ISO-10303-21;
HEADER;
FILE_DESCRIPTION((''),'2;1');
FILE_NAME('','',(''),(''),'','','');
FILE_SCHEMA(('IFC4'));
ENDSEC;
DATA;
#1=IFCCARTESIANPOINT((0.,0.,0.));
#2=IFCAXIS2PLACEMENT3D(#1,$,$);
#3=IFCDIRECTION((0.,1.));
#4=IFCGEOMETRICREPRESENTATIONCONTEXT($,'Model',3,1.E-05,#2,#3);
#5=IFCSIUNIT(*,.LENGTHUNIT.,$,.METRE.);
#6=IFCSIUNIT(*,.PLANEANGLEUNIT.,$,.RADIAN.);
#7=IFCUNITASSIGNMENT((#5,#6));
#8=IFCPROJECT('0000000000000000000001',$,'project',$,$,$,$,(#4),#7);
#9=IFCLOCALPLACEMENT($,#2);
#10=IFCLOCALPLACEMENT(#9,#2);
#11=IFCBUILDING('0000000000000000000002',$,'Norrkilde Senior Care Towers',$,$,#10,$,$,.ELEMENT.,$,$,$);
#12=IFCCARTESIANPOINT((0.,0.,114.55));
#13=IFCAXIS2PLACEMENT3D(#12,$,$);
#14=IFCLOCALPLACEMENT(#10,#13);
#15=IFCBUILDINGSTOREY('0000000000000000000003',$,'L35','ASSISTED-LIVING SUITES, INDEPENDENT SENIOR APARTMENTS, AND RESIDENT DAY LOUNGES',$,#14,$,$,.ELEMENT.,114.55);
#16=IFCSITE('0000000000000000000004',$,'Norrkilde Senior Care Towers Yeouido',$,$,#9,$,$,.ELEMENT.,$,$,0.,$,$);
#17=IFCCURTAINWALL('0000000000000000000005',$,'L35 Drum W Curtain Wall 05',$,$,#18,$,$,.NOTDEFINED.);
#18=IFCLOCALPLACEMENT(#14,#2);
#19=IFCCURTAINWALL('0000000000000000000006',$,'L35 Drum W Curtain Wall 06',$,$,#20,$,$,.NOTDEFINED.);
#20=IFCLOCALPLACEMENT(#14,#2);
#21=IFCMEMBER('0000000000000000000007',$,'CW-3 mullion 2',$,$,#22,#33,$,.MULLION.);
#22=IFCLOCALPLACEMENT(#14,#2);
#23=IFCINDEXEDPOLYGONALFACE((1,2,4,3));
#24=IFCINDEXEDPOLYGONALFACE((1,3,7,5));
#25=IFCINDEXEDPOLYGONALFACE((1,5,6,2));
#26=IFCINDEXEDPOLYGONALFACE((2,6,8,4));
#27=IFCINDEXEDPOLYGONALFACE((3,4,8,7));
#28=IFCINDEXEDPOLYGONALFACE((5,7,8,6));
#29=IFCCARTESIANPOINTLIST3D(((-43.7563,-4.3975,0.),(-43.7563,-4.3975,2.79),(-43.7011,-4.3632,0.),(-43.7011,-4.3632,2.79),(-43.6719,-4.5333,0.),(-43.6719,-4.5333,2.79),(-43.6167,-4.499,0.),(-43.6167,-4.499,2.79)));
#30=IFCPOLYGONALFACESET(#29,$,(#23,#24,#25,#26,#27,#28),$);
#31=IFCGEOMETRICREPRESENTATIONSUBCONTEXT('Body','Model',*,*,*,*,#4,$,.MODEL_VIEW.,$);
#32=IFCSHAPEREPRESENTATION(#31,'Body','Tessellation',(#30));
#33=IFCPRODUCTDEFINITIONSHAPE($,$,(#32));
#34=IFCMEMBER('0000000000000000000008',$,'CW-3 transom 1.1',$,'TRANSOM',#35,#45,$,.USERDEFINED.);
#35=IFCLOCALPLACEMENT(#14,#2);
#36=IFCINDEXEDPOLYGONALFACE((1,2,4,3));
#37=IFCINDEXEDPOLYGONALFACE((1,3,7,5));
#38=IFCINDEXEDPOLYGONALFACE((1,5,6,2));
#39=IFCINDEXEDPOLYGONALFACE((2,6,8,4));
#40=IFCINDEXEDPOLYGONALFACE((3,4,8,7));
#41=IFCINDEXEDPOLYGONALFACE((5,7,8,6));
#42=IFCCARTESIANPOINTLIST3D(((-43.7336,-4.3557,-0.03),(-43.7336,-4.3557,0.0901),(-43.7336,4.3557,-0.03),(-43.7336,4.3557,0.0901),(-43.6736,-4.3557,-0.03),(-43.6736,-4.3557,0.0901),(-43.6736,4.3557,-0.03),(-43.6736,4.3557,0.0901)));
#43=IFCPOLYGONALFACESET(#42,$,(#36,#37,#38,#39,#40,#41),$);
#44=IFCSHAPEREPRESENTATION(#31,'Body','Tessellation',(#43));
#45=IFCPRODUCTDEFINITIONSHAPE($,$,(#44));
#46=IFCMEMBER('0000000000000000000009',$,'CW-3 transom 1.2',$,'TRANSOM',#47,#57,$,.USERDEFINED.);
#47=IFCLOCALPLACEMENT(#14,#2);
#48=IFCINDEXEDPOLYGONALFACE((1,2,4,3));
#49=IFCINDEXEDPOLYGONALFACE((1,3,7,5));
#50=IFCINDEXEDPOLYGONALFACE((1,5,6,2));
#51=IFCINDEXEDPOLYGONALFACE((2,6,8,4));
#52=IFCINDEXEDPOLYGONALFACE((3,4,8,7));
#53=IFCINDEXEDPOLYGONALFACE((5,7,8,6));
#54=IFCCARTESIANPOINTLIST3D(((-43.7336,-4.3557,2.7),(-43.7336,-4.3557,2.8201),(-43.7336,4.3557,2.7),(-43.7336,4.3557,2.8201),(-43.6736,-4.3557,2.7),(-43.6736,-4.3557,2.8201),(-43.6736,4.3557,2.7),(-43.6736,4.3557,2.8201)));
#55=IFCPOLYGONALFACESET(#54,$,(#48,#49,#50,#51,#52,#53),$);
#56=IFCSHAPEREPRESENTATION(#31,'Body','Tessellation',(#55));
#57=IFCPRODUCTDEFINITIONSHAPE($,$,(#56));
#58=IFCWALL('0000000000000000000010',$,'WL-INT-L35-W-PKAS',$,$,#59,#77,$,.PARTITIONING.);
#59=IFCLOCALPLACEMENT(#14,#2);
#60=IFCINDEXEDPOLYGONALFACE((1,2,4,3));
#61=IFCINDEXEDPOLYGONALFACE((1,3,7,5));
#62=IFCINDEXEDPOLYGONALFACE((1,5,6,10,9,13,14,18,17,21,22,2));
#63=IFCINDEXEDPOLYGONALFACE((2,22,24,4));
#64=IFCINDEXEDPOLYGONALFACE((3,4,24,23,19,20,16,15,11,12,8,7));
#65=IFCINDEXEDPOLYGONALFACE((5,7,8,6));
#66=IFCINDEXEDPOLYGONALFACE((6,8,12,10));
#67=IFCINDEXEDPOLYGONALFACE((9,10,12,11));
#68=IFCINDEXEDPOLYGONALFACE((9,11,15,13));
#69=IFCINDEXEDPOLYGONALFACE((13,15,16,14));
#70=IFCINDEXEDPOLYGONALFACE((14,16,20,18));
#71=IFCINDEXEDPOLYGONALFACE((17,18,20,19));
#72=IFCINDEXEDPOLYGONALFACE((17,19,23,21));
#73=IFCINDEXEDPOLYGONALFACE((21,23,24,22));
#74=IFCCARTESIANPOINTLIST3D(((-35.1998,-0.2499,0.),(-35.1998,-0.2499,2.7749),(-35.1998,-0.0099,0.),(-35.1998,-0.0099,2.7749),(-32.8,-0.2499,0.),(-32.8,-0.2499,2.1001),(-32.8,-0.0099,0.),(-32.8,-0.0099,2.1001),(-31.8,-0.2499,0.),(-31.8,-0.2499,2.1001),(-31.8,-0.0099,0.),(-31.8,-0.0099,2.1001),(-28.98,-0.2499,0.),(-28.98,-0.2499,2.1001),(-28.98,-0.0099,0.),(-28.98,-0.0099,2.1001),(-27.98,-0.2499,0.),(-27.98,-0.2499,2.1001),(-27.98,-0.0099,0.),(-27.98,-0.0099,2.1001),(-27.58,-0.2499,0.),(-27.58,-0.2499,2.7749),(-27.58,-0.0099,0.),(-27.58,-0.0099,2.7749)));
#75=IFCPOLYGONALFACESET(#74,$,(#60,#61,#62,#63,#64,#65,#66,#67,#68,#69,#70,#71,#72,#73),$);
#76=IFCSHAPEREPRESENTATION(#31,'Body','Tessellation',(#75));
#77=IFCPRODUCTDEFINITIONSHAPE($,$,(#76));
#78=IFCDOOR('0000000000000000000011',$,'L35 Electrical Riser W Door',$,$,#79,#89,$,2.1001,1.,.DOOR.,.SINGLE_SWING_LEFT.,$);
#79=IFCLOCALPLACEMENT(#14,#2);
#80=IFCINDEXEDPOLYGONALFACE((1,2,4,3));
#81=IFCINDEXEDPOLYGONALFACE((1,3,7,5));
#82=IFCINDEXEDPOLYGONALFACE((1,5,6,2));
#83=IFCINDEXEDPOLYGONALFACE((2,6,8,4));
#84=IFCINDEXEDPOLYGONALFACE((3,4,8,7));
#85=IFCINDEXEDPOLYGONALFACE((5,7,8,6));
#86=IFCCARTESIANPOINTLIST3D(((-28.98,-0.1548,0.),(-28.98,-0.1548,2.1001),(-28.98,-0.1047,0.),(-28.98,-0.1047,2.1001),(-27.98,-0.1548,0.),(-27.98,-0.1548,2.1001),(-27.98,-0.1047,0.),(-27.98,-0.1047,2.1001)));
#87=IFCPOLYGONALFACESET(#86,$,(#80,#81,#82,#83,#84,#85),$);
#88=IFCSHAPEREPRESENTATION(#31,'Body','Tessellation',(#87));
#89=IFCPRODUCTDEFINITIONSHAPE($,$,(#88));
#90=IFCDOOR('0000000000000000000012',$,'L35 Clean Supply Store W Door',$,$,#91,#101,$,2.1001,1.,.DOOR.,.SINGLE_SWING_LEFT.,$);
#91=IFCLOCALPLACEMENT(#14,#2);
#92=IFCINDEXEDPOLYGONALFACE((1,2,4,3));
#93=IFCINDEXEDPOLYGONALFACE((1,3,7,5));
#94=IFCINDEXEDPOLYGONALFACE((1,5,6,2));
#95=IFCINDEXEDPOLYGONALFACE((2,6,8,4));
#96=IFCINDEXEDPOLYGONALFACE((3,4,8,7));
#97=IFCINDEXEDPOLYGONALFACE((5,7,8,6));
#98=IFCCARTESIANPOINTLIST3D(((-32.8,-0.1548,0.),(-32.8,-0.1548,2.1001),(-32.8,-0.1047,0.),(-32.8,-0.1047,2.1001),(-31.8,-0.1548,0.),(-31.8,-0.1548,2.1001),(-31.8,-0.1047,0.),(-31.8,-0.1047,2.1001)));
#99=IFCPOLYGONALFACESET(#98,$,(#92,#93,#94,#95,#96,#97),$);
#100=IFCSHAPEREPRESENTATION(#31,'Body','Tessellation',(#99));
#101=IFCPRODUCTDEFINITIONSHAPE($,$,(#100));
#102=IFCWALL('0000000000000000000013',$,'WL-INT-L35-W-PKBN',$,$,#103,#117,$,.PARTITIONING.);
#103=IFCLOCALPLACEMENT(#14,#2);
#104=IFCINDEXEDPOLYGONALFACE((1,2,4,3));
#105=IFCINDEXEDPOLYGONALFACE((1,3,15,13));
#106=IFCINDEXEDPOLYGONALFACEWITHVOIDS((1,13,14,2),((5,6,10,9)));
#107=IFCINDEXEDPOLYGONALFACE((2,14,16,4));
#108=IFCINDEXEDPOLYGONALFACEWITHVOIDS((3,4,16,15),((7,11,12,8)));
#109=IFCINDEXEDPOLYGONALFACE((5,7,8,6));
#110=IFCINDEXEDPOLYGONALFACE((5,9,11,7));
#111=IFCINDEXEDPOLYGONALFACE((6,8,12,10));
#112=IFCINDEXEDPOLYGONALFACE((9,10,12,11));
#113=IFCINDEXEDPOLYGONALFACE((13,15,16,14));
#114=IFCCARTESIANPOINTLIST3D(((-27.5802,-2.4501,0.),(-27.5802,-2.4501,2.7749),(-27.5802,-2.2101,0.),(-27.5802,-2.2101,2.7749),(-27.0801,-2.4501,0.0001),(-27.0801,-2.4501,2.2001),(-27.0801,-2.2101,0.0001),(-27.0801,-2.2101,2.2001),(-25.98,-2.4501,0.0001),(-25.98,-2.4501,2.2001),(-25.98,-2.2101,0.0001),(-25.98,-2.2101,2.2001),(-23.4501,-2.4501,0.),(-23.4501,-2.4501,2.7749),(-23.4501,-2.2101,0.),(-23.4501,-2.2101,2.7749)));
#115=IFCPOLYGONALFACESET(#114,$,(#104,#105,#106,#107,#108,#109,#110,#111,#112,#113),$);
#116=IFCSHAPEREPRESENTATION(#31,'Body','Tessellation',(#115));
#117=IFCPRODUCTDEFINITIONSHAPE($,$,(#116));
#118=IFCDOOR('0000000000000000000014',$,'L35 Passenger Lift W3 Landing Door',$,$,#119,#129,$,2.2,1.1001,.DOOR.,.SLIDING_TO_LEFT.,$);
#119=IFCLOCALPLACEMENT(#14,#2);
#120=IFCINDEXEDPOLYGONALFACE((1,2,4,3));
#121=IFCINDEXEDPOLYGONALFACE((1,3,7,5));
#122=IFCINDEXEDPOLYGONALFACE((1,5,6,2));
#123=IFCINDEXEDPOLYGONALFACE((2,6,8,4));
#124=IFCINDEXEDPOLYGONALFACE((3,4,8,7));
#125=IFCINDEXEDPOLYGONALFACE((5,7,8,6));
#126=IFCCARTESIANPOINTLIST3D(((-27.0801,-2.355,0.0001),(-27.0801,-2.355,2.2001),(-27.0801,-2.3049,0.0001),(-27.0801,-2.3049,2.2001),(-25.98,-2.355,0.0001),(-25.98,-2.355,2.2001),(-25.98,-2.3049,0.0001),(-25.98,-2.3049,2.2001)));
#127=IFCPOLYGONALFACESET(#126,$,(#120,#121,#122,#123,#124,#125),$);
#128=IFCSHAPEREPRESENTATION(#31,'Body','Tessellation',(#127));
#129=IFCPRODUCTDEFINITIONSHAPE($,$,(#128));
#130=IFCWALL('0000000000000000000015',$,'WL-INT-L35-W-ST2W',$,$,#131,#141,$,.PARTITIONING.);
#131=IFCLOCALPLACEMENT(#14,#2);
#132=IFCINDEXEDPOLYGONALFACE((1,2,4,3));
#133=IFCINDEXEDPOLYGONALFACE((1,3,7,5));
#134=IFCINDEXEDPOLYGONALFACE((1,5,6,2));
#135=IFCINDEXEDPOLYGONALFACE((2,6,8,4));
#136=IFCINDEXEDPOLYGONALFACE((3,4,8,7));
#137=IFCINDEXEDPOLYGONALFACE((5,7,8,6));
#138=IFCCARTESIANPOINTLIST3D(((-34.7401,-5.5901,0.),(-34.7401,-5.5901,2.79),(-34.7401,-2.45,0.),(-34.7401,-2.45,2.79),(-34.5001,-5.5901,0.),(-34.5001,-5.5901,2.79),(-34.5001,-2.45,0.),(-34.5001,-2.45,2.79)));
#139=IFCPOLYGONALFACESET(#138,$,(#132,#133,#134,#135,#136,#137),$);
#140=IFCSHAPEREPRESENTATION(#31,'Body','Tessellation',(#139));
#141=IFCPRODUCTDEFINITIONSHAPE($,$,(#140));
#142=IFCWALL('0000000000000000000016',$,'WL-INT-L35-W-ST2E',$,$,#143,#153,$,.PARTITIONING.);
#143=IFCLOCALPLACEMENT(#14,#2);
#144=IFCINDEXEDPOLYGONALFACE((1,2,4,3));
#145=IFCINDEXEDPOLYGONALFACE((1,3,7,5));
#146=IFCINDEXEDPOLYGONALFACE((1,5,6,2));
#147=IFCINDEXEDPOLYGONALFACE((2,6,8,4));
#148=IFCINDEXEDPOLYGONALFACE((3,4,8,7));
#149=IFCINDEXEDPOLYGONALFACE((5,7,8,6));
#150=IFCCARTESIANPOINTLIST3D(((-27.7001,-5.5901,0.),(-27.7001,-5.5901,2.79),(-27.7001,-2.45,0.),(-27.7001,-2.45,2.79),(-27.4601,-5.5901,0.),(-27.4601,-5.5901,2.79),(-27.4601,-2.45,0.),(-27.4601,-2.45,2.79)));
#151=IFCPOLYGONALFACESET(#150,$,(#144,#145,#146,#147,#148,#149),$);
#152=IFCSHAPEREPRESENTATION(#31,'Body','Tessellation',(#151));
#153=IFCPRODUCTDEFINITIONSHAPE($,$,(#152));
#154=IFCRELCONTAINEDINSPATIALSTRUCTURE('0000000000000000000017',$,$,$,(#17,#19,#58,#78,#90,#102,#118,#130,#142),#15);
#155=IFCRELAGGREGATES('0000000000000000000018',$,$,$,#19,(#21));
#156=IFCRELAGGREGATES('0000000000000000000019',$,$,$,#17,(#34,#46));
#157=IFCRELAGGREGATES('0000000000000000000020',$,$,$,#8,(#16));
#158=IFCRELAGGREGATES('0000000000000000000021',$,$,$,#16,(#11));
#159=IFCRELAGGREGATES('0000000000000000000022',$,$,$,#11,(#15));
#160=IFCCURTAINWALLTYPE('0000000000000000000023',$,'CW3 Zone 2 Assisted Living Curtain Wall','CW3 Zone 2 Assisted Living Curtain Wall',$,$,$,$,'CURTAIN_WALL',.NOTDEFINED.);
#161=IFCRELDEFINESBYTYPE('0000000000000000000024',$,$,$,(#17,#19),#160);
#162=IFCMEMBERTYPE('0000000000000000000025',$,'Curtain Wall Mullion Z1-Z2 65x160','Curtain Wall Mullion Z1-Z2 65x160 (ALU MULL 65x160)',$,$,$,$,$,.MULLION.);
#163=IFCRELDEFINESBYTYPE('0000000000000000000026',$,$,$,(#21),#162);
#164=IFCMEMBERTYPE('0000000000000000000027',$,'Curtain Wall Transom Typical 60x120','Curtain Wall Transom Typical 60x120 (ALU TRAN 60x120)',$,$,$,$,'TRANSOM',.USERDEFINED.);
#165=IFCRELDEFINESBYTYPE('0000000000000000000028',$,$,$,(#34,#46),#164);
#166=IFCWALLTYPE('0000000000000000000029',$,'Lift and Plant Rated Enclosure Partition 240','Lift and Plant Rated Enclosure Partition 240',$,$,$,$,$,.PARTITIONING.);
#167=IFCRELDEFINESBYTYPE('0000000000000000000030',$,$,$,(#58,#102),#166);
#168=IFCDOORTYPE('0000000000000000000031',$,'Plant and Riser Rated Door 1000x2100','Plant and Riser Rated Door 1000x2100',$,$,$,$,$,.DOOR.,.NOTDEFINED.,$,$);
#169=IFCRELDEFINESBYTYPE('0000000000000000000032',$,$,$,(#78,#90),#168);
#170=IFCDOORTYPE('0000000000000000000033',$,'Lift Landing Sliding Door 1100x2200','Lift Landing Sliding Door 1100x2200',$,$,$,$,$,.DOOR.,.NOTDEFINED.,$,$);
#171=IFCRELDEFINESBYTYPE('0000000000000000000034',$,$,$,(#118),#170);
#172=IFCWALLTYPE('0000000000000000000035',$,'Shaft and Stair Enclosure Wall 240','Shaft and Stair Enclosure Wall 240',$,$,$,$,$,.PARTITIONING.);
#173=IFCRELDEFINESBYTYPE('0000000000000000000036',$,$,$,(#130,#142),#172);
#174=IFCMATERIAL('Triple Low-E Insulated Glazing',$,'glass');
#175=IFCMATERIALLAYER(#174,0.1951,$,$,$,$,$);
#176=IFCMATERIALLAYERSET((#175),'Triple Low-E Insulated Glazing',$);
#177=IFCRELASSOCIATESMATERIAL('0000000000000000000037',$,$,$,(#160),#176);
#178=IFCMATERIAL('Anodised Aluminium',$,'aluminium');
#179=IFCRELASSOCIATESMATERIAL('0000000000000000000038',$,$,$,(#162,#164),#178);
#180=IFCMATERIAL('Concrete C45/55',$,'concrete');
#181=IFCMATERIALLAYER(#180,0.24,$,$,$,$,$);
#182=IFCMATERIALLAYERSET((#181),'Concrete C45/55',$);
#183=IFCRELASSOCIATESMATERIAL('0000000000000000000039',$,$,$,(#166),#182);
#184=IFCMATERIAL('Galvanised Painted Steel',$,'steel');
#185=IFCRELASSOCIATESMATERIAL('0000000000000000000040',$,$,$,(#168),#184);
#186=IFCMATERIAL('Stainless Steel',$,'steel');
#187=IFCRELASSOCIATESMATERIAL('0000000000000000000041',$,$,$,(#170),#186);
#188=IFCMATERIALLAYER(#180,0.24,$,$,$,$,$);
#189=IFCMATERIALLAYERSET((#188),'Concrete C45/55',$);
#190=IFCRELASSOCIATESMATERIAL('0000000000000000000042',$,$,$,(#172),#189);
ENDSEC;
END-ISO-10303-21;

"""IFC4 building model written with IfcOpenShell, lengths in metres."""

from ifc_helpers import new_model, si_unit, direction, frame, frame_2d, origin, origin_2d, place, context, subcontext, project, spatial, rectangle, extrude, source, transform, mapped, material, layer, layer_set, material_profile, profile_set, type_object, type_shapes, element, fill, aggregate, save


model = new_model("IFC4")

# Units and contexts
model_context = context("Model", 3, precision=1e-05, world=origin(), true_north=direction((0.0, 1.0)))
body_context = subcontext(model_context, "Body", "Model", "MODEL_VIEW")
ifc_project = project(units=[si_unit("LENGTHUNIT", "METRE"), si_unit("PLANEANGLEUNIT", "RADIAN")], contexts=[model_context])

# Site, building, storey
site_placement = place(None, origin())
site = spatial("IfcSite", under=ifc_project, at=site_placement, Name="Norrkilde Senior Care Towers Yeouido", CompositionType="ELEMENT", RefElevation=0.0)
building_placement = place(site_placement, origin())
building = spatial("IfcBuilding", under=site, at=building_placement, Name="Norrkilde Senior Care Towers", CompositionType="ELEMENT")
storey_placement = place(building_placement, frame((0.0, 0.0, 114.55)))
storey = spatial("IfcBuildingStorey", under=building, at=storey_placement, Name="L35", Description="ASSISTED-LIVING SUITES, INDEPENDENT SENIOR APARTMENTS, AND RESIDENT DAY LOUNGES", CompositionType="ELEMENT", Elevation=114.55)

# Curtain walls, member
ifc_material_1 = material(Name="Triple Low-E Insulated Glazing", Category="glass")
ifc_layer_1 = layer(ifc_material_1, 0.1951)
ifc_layer_set_1 = layer_set([ifc_layer_1], Name="Triple Low-E Insulated Glazing")
curtain_wall_type = type_object("IfcCurtainWallType", Name="CW3 Zone 2 Assisted Living Curtain Wall", Description="CW3 Zone 2 Assisted Living Curtain Wall", ElementType="CURTAIN_WALL", PredefinedType="NOTDEFINED", material=ifc_layer_set_1)
curtain_wall_1_placement = place(storey_placement, origin())
curtain_wall_1 = element("IfcCurtainWall", 1, at=curtain_wall_1_placement, inside=storey, type_object=curtain_wall_type, Name="L35 Drum W Curtain Wall 05", PredefinedType="NOTDEFINED")
ifc_material_2 = material(Name="Anodised Aluminium", Category="aluminium")
ifc_material_profile_1 = material_profile(ifc_material_2, rectangle(XDim=0.0649, YDim=0.1599, at=origin_2d()), Name="ALU MULL 65x160")
ifc_profile_set_1 = profile_set([ifc_material_profile_1], Name="Anodised Aluminium")
member_type_1 = type_object("IfcMemberType", Name="Curtain Wall Mullion Z1-Z2 65x160", Description="Curtain Wall Mullion Z1-Z2 65x160 (ALU MULL 65x160)", PredefinedType="MULLION", material=ifc_profile_set_1)
shared_shape_1 = source(origin(), body_context, "Body", "SweptSolid", [
    extrude(rectangle(XDim=0.0649, YDim=0.1599, at=origin_2d()), origin(), (0.0, 0.0, 1.0), 2.79),
])
type_shapes(member_type_1, [shared_shape_1])
curtain_wall_2_placement = place(storey_placement, origin())
curtain_wall_2 = element("IfcCurtainWall", 2, at=curtain_wall_2_placement, inside=storey, type_object=curtain_wall_type, Name="L35 Drum W Curtain Wall 06", PredefinedType="NOTDEFINED")
member_1_placement = place(storey_placement, frame((-43.6865, -4.4482, 0.0), z_axis=(0.0, 0.0, 1.0), x_axis=(-0.84941, -0.527733, 0.0)))
member_1 = element("IfcMember", 3, at=member_1_placement, type_object=member_type_1, Name="CW-3 mullion 2", PredefinedType="MULLION", context=body_context, shape_type="MappedRepresentation", body=[
    mapped(shared_shape_1, transform((0.0, 0.0, 0.0), x_axis=(1.0, 0.0, 0.0), y_axis=(0.0, 1.0, 0.0), z_axis=(0.0, 0.0, 1.0), scale=1.0)),
])
aggregate(curtain_wall_2, [member_1])

# Members
ifc_material_profile_2 = material_profile(ifc_material_2, rectangle(XDim=0.0601, YDim=0.1201, at=origin_2d()), Name="ALU TRAN 60x120")
ifc_profile_set_2 = profile_set([ifc_material_profile_2], Name="Anodised Aluminium")
member_type_2 = type_object("IfcMemberType", Name="Curtain Wall Transom Typical 60x120", Description="Curtain Wall Transom Typical 60x120 (ALU TRAN 60x120)", ElementType="TRANSOM", PredefinedType="USERDEFINED", material=ifc_profile_set_2)
shared_shape_2 = source(origin(), body_context, "Body", "SweptSolid", [
    extrude(rectangle(XDim=0.0601, YDim=0.1201, at=origin_2d()), origin(), (0.0, 0.0, 1.0), 8.7114),
])
type_shapes(member_type_2, [shared_shape_2])
member_2_placement = place(storey_placement, frame((-43.7036, -4.3557, 0.03), z_axis=(0.0, 1.0, 0.0), x_axis=(-1.0, 0.0, 0.0)))
member_2 = element("IfcMember", 4, at=member_2_placement, type_object=member_type_2, Name="CW-3 transom 1.1", ObjectType="TRANSOM", PredefinedType="USERDEFINED", context=body_context, shape_type="MappedRepresentation", body=[
    mapped(shared_shape_2, transform((0.0, 0.0, 0.0), x_axis=(1.0, 0.0, 0.0), y_axis=(0.0, 1.0, 0.0), z_axis=(0.0, 0.0, 1.0), scale=1.0)),
])
member_3_placement = place(storey_placement, frame((-43.7036, -4.3557, 2.76), z_axis=(0.0, 1.0, 0.0), x_axis=(-1.0, 0.0, 0.0)))
member_3 = element("IfcMember", 5, at=member_3_placement, type_object=member_type_2, Name="CW-3 transom 1.2", ObjectType="TRANSOM", PredefinedType="USERDEFINED", context=body_context, shape_type="MappedRepresentation", body=[
    mapped(shared_shape_2, transform((0.0, 0.0, 0.0), x_axis=(1.0, 0.0, 0.0), y_axis=(0.0, 1.0, 0.0), z_axis=(0.0, 0.0, 1.0), scale=1.0)),
])
aggregate(curtain_wall_1, [member_2, member_3])

# Shared definitions
ifc_material_3 = material(Name="Galvanised Painted Steel", Category="steel")

# Wall, openings, doors
ifc_material_4 = material(Name="Concrete C45/55", Category="concrete")
ifc_layer_2 = layer(ifc_material_4, 0.24)
ifc_layer_set_2 = layer_set([ifc_layer_2], Name="Concrete C45/55")
wall_type_1 = type_object("IfcWallType", Name="Lift and Plant Rated Enclosure Partition 240", Description="Lift and Plant Rated Enclosure Partition 240", PredefinedType="PARTITIONING", material=ifc_layer_set_2)
shared_shape_3 = source(origin(), body_context, "Body", "SweptSolid", [
    extrude(rectangle(XDim=7.6199, YDim=0.24, at=frame_2d((3.8101, 0.0))), origin(), (0.0, 0.0, 1.0), 2.7749),
])
wall_1_placement = place(storey_placement, frame((-35.2, -0.1299, 0.0), z_axis=(0.0, 0.0, 1.0), x_axis=(1.0, 0.0, 0.0)))
wall_1 = element("IfcWall", 6, at=wall_1_placement, inside=storey, type_object=wall_type_1, Name="WL-INT-L35-W-PKAS", PredefinedType="PARTITIONING", context=body_context, shape_type="MappedRepresentation", body=[
    mapped(shared_shape_3, transform((0.0, 0.0, 0.0), x_axis=(1.0, 0.0, 0.0), y_axis=(0.0, 1.0, 0.0), z_axis=(0.0, 0.0, 1.0), scale=1.0)),
])
opening_1_placement = place(wall_1_placement, frame((6.22, 0.0, 0.0)))
opening_1 = element("IfcOpeningElement", 7, at=opening_1_placement, cuts=wall_1, PredefinedType="OPENING", context=body_context, shape_type="SweptSolid", body=[
    extrude(rectangle(XDim=1.0, YDim=2.1001, at=frame_2d((0.5, 1.05))), frame((0.0, 0.1299, 0.0), z_axis=(0.0, -1.0, 0.0), x_axis=(1.0, 0.0, 0.0)), (0.0, 0.0, 1.0), 0.26),
])
opening_2_placement = place(wall_1_placement, frame((2.3999, 0.0, 0.0)))
opening_2 = element("IfcOpeningElement", 8, at=opening_2_placement, cuts=wall_1, PredefinedType="OPENING", context=body_context, shape_type="SweptSolid", body=[
    extrude(rectangle(XDim=1.0, YDim=2.1001, at=frame_2d((0.5, 1.05))), frame((0.0, 0.1299, 0.0), z_axis=(0.0, -1.0, 0.0), x_axis=(1.0, 0.0, 0.0)), (0.0, 0.0, 1.0), 0.26),
])
door_type_1 = type_object("IfcDoorType", Name="Plant and Riser Rated Door 1000x2100", Description="Plant and Riser Rated Door 1000x2100", OperationType="NOTDEFINED", PredefinedType="DOOR", material=ifc_material_3)
shared_shape_4 = source(origin(), body_context, "Body", "SweptSolid", [
    extrude(rectangle(XDim=1.0, YDim=2.1001, at=frame_2d((0.5, 1.05))), frame((0.0, 0.0249, 0.0), z_axis=(0.0, -1.0, 0.0), x_axis=(1.0, 0.0, 0.0)), (0.0, 0.0, 1.0), 0.05),
])
type_shapes(door_type_1, [shared_shape_4])
door_1_placement = place(opening_1_placement, frame((1.0, 0.0, 0.0), z_axis=(0.0, 0.0, 1.0), x_axis=(-1.0, 0.0, 0.0)))
door_1 = element("IfcDoor", 9, at=door_1_placement, inside=storey, type_object=door_type_1, Name="L35 Electrical Riser W Door", OperationType="SINGLE_SWING_LEFT", OverallHeight=2.1001, OverallWidth=1.0, PredefinedType="DOOR", context=body_context, shape_type="MappedRepresentation", body=[
    mapped(shared_shape_4, transform((0.0, 0.0, 0.0), x_axis=(1.0, 0.0, 0.0), y_axis=(0.0, 1.0, 0.0), z_axis=(0.0, 0.0, 1.0), scale=1.0)),
])
fill(opening_1, door_1)
door_2_placement = place(opening_2_placement, frame((1.0, 0.0, 0.0), z_axis=(0.0, 0.0, 1.0), x_axis=(-1.0, 0.0, 0.0)))
door_2 = element("IfcDoor", 10, at=door_2_placement, inside=storey, type_object=door_type_1, Name="L35 Clean Supply Store W Door", OperationType="SINGLE_SWING_LEFT", OverallHeight=2.1001, OverallWidth=1.0, PredefinedType="DOOR", context=body_context, shape_type="MappedRepresentation", body=[
    mapped(shared_shape_4, transform((0.0, 0.0, 0.0), x_axis=(1.0, 0.0, 0.0), y_axis=(0.0, 1.0, 0.0), z_axis=(0.0, 0.0, 1.0), scale=1.0)),
])
fill(opening_2, door_2)

# Wall, opening, door
shared_shape_5 = source(origin(), body_context, "Body", "SweptSolid", [
    extrude(rectangle(XDim=4.1301, YDim=0.24, at=frame_2d((2.0649, 0.0))), origin(), (0.0, 0.0, 1.0), 2.7749),
])
type_shapes(wall_type_1, [shared_shape_3, shared_shape_5])
wall_2_placement = place(storey_placement, frame((-27.5801, -2.3301, 0.0), z_axis=(0.0, 0.0, 1.0), x_axis=(1.0, 0.0, 0.0)))
wall_2 = element("IfcWall", 11, at=wall_2_placement, inside=storey, type_object=wall_type_1, Name="WL-INT-L35-W-PKBN", PredefinedType="PARTITIONING", context=body_context, shape_type="MappedRepresentation", body=[
    mapped(shared_shape_5, transform((0.0, 0.0, 0.0), x_axis=(1.0, 0.0, 0.0), y_axis=(0.0, 1.0, 0.0), z_axis=(0.0, 0.0, 1.0), scale=1.0)),
])
opening_3_placement = place(wall_2_placement, frame((0.5, 0.0, 0.0)))
opening_3 = element("IfcOpeningElement", 12, at=opening_3_placement, cuts=wall_2, PredefinedType="OPENING", context=body_context, shape_type="SweptSolid", body=[
    extrude(rectangle(XDim=1.1001, YDim=2.2, at=frame_2d((0.55, 1.1001))), frame((0.0, 0.1299, 0.0), z_axis=(0.0, -1.0, 0.0), x_axis=(1.0, 0.0, 0.0)), (0.0, 0.0, 1.0), 0.26),
])
ifc_material_5 = material(Name="Stainless Steel", Category="steel")
door_type_2 = type_object("IfcDoorType", Name="Lift Landing Sliding Door 1100x2200", Description="Lift Landing Sliding Door 1100x2200", OperationType="NOTDEFINED", PredefinedType="DOOR", material=ifc_material_5)
shared_shape_6 = source(origin(), body_context, "Body", "SweptSolid", [
    extrude(rectangle(XDim=1.1001, YDim=2.2, at=frame_2d((0.55, 1.1001))), frame((0.0, 0.0249, 0.0), z_axis=(0.0, -1.0, 0.0), x_axis=(1.0, 0.0, 0.0)), (0.0, 0.0, 1.0), 0.05),
])
type_shapes(door_type_2, [shared_shape_6])
door_3_placement = place(opening_3_placement, frame((1.1001, 0.0, 0.0), z_axis=(0.0, 0.0, 1.0), x_axis=(-1.0, 0.0, 0.0)))
door_3 = element("IfcDoor", 13, at=door_3_placement, inside=storey, type_object=door_type_2, Name="L35 Passenger Lift W3 Landing Door", OperationType="SLIDING_TO_LEFT", OverallHeight=2.2, OverallWidth=1.1001, PredefinedType="DOOR", context=body_context, shape_type="MappedRepresentation", body=[
    mapped(shared_shape_6, transform((0.0, 0.0, 0.0), x_axis=(1.0, 0.0, 0.0), y_axis=(0.0, 1.0, 0.0), z_axis=(0.0, 0.0, 1.0), scale=1.0)),
])
fill(opening_3, door_3)
ifc_layer_3 = layer(ifc_material_4, 0.24)
ifc_layer_set_3 = layer_set([ifc_layer_3], Name="Concrete C45/55")
wall_type_2 = type_object("IfcWallType", Name="Shaft and Stair Enclosure Wall 240", Description="Shaft and Stair Enclosure Wall 240", PredefinedType="PARTITIONING", material=ifc_layer_set_3)

# Walls
shared_shape_7 = source(origin(), body_context, "Body", "SweptSolid", [
    extrude(rectangle(XDim=3.1401, YDim=0.24, at=frame_2d((1.5701, 0.0))), origin(), (0.0, 0.0, 1.0), 2.79),
])
for number, where, z_axis, x_axis, name in (
    (14, (-34.6201, -5.5901, 0.0), (0.0, 0.0, 1.0), (0.0, 1.0, 0.0), "WL-INT-L35-W-ST2W"),
    (15, (-27.5801, -5.5901, 0.0), (0.0, 0.0, 1.0), (0.0, 1.0, 0.0), "WL-INT-L35-W-ST2E"),
):
    element("IfcWall", number, at=place(storey_placement, frame(where, z_axis=z_axis, x_axis=x_axis)), inside=storey, type_object=wall_type_2, Name=name, PredefinedType="PARTITIONING", context=body_context, shape_type="MappedRepresentation", body=[
        mapped(shared_shape_7, transform((0.0, 0.0, 0.0), x_axis=(1.0, 0.0, 0.0), y_axis=(0.0, 1.0, 0.0), z_axis=(0.0, 0.0, 1.0), scale=1.0)),
    ])

save(model, "model.ifc")
